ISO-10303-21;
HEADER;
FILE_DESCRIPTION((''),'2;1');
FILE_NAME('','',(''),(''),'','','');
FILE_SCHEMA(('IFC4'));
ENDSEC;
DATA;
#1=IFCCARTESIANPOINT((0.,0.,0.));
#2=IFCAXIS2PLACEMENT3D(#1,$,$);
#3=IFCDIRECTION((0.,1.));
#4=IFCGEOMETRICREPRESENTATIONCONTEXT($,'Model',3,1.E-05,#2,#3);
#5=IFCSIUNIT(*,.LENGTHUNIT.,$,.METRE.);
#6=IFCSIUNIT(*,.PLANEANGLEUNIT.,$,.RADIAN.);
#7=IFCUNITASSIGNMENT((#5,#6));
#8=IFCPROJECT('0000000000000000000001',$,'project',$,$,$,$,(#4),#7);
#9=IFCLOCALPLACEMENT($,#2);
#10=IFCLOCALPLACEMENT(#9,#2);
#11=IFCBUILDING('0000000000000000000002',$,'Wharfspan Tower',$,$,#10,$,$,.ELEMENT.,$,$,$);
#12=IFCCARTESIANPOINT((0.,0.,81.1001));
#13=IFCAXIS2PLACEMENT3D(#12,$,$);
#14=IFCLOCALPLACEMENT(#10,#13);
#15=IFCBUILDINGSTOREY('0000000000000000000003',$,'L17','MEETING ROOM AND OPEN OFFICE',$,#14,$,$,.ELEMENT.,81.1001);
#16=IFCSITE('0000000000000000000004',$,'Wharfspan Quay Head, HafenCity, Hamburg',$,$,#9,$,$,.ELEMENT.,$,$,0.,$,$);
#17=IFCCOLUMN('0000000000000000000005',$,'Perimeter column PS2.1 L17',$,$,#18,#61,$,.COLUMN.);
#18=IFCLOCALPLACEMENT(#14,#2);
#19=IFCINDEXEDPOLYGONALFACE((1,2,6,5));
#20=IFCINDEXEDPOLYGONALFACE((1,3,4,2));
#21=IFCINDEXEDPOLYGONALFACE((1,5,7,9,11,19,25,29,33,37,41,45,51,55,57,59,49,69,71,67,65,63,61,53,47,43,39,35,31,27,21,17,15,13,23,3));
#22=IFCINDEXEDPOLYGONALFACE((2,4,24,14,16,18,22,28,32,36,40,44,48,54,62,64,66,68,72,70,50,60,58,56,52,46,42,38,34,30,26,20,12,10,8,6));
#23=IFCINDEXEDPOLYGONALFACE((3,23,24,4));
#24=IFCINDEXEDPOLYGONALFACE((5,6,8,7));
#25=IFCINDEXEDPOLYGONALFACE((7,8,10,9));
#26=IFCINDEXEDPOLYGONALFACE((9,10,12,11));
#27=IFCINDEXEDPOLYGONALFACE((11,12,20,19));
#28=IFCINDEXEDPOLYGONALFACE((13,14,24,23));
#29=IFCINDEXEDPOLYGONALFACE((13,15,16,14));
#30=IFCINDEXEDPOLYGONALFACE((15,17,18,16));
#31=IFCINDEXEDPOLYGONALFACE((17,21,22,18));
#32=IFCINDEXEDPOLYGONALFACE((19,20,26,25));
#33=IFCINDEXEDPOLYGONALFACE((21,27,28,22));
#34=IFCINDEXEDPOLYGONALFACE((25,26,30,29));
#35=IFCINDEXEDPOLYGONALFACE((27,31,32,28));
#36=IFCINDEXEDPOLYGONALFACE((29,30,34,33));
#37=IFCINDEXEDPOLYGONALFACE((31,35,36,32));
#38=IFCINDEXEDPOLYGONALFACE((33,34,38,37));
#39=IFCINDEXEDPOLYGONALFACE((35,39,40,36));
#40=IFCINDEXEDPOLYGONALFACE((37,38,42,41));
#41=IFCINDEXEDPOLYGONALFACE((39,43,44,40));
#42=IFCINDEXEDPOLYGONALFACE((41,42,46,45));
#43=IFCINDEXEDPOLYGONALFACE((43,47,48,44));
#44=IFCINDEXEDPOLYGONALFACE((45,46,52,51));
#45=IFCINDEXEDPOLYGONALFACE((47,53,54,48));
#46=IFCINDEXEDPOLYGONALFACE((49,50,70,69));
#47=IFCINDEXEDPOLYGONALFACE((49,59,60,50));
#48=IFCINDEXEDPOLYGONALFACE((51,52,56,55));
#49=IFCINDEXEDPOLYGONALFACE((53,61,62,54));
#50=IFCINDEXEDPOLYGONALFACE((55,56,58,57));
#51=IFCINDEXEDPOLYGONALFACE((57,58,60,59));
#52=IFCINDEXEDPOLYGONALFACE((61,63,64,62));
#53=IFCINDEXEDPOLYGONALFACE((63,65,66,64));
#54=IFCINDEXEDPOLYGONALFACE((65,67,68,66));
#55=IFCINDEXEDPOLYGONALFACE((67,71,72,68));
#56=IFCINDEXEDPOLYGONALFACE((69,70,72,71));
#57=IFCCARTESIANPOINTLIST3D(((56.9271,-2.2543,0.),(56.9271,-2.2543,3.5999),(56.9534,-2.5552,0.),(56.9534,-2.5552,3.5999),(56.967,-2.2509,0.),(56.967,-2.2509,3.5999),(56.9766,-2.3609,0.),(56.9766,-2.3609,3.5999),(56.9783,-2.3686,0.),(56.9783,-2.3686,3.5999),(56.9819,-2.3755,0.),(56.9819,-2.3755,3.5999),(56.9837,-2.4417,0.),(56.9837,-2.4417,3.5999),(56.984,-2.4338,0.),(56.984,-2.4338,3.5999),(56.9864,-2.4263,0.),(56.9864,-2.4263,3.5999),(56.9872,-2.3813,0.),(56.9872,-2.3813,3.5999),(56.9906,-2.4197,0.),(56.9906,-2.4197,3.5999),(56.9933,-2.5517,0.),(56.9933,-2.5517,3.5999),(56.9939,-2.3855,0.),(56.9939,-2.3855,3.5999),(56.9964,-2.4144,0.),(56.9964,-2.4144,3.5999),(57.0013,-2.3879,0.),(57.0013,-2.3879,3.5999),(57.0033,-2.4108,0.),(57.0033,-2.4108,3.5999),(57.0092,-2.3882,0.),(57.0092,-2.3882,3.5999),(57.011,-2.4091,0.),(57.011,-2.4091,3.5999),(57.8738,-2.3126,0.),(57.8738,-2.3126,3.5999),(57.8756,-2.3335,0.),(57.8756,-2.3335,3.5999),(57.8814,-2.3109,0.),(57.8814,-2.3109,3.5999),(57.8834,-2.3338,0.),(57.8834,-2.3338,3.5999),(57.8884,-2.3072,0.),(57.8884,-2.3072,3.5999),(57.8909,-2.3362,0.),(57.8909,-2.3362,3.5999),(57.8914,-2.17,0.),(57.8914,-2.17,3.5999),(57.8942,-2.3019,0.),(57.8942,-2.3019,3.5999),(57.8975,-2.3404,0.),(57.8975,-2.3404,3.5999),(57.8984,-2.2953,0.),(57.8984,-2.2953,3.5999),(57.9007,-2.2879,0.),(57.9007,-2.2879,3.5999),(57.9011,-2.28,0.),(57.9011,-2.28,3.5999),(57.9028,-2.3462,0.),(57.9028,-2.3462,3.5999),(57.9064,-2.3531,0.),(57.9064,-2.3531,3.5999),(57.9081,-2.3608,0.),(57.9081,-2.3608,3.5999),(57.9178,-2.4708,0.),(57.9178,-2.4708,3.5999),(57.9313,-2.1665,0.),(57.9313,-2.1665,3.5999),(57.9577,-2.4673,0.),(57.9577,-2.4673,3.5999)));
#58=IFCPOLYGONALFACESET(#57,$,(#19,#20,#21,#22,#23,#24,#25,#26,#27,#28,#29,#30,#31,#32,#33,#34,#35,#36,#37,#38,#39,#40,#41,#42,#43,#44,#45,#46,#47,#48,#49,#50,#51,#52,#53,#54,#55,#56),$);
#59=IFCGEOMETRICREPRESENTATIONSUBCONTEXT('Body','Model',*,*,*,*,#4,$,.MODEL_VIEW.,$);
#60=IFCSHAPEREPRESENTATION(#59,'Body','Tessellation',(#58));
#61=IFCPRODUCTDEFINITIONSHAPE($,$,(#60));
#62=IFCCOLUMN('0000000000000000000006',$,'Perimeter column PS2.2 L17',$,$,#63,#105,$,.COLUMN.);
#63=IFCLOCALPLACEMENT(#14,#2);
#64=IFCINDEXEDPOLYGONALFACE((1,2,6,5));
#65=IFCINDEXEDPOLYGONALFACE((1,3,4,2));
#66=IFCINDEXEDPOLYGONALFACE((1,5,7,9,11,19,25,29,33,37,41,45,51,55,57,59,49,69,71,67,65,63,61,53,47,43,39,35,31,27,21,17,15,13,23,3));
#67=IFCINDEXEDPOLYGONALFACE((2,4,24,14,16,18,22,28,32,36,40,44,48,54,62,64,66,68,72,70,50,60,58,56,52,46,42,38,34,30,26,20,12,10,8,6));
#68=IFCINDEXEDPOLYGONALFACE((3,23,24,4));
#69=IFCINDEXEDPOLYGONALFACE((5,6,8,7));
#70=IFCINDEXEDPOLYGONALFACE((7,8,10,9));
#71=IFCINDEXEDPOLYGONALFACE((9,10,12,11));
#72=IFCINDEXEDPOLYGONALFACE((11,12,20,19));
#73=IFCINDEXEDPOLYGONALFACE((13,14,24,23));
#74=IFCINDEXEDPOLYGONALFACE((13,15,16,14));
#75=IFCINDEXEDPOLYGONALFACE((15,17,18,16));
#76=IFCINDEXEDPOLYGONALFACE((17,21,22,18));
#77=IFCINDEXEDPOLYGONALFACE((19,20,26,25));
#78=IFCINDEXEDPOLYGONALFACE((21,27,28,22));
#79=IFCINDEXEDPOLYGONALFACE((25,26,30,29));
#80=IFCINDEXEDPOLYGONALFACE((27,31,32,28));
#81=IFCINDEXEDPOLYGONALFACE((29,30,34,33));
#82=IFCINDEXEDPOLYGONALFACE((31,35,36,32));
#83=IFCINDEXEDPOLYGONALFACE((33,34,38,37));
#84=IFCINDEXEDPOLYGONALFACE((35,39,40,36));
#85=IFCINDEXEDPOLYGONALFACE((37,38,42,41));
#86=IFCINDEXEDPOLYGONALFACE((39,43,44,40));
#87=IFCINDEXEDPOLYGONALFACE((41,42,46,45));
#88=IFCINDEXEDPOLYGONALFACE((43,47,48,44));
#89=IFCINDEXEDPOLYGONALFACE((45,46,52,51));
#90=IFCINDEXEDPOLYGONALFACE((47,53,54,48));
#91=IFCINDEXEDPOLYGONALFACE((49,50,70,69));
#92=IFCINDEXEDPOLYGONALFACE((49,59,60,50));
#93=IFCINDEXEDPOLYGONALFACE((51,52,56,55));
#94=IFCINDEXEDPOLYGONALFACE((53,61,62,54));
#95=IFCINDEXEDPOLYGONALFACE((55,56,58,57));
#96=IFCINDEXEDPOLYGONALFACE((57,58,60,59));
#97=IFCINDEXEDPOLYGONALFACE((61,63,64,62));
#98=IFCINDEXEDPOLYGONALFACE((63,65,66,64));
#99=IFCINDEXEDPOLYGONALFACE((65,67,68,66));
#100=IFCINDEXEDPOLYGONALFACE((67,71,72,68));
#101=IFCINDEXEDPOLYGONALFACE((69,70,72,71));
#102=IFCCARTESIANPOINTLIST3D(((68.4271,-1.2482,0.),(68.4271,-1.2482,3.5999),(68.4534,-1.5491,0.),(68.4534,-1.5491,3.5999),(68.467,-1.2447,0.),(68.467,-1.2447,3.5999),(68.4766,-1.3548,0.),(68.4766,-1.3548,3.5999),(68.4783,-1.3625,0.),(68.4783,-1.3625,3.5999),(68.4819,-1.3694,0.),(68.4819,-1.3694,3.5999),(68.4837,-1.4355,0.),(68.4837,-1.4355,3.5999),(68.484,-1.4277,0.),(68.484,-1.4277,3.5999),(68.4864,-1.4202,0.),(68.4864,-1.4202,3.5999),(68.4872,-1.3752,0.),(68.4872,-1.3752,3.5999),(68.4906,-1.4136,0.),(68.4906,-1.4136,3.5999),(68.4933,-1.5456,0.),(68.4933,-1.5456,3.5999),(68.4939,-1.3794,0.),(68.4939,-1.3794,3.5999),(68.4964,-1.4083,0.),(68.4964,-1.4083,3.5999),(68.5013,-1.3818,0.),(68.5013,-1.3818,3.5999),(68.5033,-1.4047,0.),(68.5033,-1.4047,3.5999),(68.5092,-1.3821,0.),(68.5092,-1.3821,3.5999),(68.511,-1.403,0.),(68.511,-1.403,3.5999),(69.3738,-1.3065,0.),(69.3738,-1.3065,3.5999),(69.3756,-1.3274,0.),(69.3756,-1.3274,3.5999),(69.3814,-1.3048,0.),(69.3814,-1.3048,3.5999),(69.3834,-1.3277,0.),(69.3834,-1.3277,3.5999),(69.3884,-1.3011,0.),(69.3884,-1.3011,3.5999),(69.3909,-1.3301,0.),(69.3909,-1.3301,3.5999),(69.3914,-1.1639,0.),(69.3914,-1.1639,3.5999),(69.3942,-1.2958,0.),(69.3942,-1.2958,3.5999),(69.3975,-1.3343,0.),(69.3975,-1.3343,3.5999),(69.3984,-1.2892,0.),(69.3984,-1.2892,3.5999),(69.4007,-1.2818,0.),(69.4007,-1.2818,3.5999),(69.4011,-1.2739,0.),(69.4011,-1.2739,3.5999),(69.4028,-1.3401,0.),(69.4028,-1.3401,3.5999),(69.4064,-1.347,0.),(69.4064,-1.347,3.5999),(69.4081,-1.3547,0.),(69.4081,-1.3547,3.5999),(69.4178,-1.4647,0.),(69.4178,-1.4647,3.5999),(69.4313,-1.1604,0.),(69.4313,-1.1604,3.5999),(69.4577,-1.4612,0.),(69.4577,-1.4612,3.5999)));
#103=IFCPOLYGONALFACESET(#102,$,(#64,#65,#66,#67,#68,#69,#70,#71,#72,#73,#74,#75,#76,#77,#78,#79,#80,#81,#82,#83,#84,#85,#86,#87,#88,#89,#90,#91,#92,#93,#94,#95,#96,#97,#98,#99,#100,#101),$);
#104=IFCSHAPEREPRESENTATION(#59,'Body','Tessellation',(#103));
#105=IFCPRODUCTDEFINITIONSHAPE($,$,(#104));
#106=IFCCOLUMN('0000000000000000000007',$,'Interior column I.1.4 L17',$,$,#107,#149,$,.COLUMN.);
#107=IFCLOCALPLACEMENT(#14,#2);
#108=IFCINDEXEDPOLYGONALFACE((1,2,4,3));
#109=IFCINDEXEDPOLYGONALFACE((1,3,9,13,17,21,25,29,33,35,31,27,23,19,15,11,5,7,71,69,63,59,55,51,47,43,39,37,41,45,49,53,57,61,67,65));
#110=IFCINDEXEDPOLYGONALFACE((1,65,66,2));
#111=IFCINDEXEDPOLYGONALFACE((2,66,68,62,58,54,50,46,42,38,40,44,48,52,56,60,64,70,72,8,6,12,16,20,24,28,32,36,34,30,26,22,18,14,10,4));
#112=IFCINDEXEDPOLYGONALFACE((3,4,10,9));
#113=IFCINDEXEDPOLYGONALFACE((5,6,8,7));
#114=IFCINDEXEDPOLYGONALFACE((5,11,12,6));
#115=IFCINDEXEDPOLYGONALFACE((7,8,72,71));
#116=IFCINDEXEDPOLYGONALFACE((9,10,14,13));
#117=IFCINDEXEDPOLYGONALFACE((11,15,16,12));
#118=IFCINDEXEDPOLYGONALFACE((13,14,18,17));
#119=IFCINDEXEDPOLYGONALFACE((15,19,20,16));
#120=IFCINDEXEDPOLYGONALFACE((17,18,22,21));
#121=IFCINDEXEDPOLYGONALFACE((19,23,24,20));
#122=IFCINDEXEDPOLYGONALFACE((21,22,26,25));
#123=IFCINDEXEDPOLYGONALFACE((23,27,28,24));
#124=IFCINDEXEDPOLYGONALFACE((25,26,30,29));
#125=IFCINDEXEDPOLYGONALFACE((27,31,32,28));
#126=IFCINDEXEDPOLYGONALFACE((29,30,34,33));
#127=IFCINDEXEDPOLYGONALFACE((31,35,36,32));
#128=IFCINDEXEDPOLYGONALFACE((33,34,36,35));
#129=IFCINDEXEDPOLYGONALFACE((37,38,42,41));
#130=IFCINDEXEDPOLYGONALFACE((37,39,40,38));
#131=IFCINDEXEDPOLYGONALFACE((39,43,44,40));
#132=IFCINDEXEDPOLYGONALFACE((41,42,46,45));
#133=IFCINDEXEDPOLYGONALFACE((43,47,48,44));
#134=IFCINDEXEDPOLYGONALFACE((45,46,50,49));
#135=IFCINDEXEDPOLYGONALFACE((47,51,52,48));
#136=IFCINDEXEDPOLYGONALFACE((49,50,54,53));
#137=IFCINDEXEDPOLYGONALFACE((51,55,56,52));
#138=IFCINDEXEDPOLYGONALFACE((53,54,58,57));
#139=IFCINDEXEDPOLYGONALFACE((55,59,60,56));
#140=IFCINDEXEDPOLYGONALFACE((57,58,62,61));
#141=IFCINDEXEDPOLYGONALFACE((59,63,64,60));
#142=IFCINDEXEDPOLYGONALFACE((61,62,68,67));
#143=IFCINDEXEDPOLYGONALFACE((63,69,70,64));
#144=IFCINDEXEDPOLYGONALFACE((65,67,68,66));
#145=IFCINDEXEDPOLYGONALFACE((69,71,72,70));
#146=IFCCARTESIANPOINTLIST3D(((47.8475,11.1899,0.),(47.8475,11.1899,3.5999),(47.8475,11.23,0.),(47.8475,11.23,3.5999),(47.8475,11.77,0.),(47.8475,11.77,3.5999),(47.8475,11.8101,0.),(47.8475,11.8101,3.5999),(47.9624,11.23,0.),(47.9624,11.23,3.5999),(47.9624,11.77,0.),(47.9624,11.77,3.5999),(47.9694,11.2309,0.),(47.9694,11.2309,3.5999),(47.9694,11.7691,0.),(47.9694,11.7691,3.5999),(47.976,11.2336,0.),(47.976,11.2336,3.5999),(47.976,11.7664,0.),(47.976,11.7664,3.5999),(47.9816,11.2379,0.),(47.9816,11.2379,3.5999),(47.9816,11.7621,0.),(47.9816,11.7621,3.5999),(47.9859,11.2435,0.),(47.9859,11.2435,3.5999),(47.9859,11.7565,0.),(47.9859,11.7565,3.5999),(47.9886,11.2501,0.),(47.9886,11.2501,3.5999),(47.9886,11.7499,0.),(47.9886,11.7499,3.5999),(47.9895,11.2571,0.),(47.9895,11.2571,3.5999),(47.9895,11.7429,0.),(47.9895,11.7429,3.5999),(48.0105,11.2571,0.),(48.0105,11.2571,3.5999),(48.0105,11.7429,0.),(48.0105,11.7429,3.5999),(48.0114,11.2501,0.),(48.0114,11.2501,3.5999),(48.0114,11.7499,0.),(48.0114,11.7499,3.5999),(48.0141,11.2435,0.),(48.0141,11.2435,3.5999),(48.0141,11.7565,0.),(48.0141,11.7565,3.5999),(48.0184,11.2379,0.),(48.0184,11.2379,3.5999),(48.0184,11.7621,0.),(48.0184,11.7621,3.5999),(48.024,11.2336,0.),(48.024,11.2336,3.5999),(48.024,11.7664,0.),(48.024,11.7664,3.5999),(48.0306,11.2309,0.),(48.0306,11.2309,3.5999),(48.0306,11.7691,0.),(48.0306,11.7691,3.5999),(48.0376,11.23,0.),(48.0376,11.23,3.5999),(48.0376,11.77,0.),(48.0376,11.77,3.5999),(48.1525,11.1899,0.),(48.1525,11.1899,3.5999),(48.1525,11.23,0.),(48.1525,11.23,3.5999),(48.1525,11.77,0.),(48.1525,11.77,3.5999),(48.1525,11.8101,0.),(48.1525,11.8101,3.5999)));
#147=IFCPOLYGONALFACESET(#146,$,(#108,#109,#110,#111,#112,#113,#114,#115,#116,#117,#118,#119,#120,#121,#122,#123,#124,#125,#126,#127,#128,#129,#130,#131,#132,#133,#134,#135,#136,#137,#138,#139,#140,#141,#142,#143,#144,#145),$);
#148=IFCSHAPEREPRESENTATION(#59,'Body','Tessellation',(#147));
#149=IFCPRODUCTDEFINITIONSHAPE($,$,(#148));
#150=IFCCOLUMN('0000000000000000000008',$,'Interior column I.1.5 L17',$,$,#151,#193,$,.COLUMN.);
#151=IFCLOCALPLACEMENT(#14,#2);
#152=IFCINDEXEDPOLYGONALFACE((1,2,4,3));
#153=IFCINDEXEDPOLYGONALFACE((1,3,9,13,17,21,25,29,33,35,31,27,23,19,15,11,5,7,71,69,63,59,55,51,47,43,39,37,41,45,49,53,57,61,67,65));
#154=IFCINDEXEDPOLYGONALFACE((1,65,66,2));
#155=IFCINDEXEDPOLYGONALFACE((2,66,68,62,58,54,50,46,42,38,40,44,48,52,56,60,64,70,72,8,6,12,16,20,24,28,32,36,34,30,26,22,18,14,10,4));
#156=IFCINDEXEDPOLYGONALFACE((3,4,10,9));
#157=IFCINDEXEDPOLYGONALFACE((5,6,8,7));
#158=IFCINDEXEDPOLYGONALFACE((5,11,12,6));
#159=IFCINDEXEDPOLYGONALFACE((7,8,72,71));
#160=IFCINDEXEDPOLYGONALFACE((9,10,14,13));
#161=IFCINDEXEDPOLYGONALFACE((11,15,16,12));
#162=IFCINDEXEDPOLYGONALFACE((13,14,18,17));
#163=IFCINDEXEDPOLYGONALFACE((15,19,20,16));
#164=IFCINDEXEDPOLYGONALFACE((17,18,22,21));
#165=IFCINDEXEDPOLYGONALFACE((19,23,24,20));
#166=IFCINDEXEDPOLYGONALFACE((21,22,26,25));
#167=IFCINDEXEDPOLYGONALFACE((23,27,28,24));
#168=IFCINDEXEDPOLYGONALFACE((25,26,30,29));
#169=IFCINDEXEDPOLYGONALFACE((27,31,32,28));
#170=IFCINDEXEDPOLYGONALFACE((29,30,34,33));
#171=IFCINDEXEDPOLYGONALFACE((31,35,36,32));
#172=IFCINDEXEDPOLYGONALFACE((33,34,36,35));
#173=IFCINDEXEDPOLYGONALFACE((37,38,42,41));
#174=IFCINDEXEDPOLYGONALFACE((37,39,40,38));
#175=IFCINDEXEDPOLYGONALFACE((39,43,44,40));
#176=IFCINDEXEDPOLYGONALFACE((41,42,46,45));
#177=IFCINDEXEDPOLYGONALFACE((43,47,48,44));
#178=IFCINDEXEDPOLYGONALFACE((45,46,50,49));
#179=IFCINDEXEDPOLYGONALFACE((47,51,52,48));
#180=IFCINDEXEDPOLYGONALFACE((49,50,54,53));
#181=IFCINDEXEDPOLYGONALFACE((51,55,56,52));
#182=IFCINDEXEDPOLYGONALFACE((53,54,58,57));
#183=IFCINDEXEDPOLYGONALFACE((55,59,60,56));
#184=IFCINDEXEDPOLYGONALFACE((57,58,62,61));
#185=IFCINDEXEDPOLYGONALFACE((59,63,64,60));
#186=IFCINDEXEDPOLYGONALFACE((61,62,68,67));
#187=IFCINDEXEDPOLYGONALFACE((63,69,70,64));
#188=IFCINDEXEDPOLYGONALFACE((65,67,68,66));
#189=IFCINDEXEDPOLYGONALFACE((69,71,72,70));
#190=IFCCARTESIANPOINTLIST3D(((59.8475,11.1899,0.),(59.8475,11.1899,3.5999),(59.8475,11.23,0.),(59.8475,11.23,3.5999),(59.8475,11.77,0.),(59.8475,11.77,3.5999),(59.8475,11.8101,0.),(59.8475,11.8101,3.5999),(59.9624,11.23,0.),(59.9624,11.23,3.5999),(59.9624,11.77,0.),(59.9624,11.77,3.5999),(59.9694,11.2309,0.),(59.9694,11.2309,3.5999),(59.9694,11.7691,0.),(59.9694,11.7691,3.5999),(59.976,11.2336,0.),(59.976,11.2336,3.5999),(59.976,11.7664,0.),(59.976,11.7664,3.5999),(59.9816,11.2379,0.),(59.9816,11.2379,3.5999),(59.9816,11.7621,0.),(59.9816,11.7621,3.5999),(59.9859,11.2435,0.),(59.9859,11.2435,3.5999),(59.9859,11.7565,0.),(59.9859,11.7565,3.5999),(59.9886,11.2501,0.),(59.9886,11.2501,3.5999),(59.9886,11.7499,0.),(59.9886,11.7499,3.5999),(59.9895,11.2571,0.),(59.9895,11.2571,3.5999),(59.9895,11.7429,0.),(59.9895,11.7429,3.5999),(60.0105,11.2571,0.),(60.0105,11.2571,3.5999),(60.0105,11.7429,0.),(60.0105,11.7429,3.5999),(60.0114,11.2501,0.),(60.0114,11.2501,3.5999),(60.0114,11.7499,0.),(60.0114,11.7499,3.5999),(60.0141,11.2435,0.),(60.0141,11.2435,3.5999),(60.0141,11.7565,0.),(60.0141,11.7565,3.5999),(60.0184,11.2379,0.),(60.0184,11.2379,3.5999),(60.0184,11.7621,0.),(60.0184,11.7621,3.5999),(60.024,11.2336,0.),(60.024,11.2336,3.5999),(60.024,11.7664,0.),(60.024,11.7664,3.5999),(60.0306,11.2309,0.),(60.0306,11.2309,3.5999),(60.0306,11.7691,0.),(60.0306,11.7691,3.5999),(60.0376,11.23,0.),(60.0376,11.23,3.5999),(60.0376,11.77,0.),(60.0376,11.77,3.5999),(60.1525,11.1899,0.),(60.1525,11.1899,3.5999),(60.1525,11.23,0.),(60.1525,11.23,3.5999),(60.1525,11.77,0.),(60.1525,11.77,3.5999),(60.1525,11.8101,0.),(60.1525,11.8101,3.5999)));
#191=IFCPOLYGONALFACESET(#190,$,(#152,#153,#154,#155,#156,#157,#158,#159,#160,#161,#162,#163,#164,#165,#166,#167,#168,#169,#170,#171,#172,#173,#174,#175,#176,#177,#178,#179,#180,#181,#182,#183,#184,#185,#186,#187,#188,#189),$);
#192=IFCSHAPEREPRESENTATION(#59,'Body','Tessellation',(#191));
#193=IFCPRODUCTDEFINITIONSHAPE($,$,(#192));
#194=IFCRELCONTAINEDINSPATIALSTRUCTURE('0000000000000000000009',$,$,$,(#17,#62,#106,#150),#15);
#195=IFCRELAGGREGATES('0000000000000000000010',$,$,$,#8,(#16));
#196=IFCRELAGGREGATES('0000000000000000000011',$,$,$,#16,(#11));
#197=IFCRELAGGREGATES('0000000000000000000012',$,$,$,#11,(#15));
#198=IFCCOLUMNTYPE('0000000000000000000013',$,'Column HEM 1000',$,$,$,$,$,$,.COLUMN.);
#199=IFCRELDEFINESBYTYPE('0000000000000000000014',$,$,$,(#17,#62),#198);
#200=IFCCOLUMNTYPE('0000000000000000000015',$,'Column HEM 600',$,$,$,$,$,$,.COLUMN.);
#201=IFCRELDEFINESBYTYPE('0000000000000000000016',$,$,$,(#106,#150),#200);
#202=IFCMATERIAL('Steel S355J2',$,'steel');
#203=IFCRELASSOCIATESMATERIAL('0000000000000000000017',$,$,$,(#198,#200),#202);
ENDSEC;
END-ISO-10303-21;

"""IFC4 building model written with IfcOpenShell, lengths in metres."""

from ifc_helpers import new_model, si_unit, direction, frame, origin, origin_2d, place, context, subcontext, project, spatial, i_section, extrude, material, material_profile, profile_set, type_object, element, save


model = new_model("IFC4")

# Units and contexts
model_context = context("Model", 3, precision=1e-05, world=origin(), true_north=direction((0.0, 1.0)))
body_context = subcontext(model_context, "Body", "Model", "MODEL_VIEW")
ifc_project = project(units=[si_unit("LENGTHUNIT", "METRE"), si_unit("PLANEANGLEUNIT", "RADIAN")], contexts=[model_context])

# Site, building, storey
site_placement = place(None, origin())
site = spatial("IfcSite", under=ifc_project, at=site_placement, Name="Wharfspan Quay Head, HafenCity, Hamburg", CompositionType="ELEMENT", RefElevation=0.0)
building_placement = place(site_placement, origin())
building = spatial("IfcBuilding", under=site, at=building_placement, Name="Wharfspan Tower", CompositionType="ELEMENT")
storey_placement = place(building_placement, frame((0.0, 0.0, 81.1001)))
storey = spatial("IfcBuildingStorey", under=building, at=storey_placement, Name="L17", Description="MEETING ROOM AND OPEN OFFICE", CompositionType="ELEMENT", Elevation=81.1001)

# Columns
ifc_material_1 = material(Name="Steel S355J2", Category="steel")
ifc_material_profile_1 = material_profile(ifc_material_1, i_section(OverallWidth=0.302, OverallDepth=1.0081, WebThickness=0.021, FlangeThickness=0.04, FilletRadius=0.03, at=origin_2d()))
ifc_profile_set_1 = profile_set([ifc_material_profile_1], Name="Steel S355J2")
column_type_1 = type_object("IfcColumnType", Name="Column HEM 1000", PredefinedType="COLUMN", material=ifc_profile_set_1)
for number, where, z_axis, x_axis, name in (
    (1, (57.4424, -2.3608, 0.0), (0.0, 0.0, 1.0), (0.087156, -0.996198, 0.0), "Perimeter column PS2.1 L17"),
    (2, (68.9424, -1.3547, 0.0), (0.0, 0.0, 1.0), (0.087156, -0.996198, 0.0), "Perimeter column PS2.2 L17"),
):
    element("IfcColumn", number, at=place(storey_placement, frame(where, z_axis=z_axis, x_axis=x_axis)), inside=storey, type_object=column_type_1, Name=name, PredefinedType="COLUMN", context=body_context, shape_type="SweptSolid", body=[
        extrude(i_section(OverallWidth=0.302, OverallDepth=1.0081, WebThickness=0.021, FlangeThickness=0.04, FilletRadius=0.03, at=origin_2d()), origin(), (0.0, 0.0, 1.0), 3.5999),
    ])
ifc_material_profile_2 = material_profile(ifc_material_1, i_section(OverallWidth=0.3049, OverallDepth=0.6201, WebThickness=0.021, FlangeThickness=0.04, FilletRadius=0.0271, at=origin_2d()))
ifc_profile_set_2 = profile_set([ifc_material_profile_2], Name="Steel S355J2")
column_type_2 = type_object("IfcColumnType", Name="Column HEM 600", PredefinedType="COLUMN", material=ifc_profile_set_2)
for number, where, z_axis, x_axis, name in (
    (3, (48.0, 11.5, 0.0), (0.0, 0.0, 1.0), (1.0, 0.0, 0.0), "Interior column I.1.4 L17"),
    (4, (60.0, 11.5, 0.0), (0.0, 0.0, 1.0), (1.0, 0.0, 0.0), "Interior column I.1.5 L17"),
):
    element("IfcColumn", number, at=place(storey_placement, frame(where, z_axis=z_axis, x_axis=x_axis)), inside=storey, type_object=column_type_2, Name=name, PredefinedType="COLUMN", context=body_context, shape_type="SweptSolid", body=[
        extrude(i_section(OverallWidth=0.3049, OverallDepth=0.6201, WebThickness=0.021, FlangeThickness=0.04, FilletRadius=0.0271, at=origin_2d()), origin(), (0.0, 0.0, 1.0), 3.5999),
    ])

save(model, "model.ifc")
